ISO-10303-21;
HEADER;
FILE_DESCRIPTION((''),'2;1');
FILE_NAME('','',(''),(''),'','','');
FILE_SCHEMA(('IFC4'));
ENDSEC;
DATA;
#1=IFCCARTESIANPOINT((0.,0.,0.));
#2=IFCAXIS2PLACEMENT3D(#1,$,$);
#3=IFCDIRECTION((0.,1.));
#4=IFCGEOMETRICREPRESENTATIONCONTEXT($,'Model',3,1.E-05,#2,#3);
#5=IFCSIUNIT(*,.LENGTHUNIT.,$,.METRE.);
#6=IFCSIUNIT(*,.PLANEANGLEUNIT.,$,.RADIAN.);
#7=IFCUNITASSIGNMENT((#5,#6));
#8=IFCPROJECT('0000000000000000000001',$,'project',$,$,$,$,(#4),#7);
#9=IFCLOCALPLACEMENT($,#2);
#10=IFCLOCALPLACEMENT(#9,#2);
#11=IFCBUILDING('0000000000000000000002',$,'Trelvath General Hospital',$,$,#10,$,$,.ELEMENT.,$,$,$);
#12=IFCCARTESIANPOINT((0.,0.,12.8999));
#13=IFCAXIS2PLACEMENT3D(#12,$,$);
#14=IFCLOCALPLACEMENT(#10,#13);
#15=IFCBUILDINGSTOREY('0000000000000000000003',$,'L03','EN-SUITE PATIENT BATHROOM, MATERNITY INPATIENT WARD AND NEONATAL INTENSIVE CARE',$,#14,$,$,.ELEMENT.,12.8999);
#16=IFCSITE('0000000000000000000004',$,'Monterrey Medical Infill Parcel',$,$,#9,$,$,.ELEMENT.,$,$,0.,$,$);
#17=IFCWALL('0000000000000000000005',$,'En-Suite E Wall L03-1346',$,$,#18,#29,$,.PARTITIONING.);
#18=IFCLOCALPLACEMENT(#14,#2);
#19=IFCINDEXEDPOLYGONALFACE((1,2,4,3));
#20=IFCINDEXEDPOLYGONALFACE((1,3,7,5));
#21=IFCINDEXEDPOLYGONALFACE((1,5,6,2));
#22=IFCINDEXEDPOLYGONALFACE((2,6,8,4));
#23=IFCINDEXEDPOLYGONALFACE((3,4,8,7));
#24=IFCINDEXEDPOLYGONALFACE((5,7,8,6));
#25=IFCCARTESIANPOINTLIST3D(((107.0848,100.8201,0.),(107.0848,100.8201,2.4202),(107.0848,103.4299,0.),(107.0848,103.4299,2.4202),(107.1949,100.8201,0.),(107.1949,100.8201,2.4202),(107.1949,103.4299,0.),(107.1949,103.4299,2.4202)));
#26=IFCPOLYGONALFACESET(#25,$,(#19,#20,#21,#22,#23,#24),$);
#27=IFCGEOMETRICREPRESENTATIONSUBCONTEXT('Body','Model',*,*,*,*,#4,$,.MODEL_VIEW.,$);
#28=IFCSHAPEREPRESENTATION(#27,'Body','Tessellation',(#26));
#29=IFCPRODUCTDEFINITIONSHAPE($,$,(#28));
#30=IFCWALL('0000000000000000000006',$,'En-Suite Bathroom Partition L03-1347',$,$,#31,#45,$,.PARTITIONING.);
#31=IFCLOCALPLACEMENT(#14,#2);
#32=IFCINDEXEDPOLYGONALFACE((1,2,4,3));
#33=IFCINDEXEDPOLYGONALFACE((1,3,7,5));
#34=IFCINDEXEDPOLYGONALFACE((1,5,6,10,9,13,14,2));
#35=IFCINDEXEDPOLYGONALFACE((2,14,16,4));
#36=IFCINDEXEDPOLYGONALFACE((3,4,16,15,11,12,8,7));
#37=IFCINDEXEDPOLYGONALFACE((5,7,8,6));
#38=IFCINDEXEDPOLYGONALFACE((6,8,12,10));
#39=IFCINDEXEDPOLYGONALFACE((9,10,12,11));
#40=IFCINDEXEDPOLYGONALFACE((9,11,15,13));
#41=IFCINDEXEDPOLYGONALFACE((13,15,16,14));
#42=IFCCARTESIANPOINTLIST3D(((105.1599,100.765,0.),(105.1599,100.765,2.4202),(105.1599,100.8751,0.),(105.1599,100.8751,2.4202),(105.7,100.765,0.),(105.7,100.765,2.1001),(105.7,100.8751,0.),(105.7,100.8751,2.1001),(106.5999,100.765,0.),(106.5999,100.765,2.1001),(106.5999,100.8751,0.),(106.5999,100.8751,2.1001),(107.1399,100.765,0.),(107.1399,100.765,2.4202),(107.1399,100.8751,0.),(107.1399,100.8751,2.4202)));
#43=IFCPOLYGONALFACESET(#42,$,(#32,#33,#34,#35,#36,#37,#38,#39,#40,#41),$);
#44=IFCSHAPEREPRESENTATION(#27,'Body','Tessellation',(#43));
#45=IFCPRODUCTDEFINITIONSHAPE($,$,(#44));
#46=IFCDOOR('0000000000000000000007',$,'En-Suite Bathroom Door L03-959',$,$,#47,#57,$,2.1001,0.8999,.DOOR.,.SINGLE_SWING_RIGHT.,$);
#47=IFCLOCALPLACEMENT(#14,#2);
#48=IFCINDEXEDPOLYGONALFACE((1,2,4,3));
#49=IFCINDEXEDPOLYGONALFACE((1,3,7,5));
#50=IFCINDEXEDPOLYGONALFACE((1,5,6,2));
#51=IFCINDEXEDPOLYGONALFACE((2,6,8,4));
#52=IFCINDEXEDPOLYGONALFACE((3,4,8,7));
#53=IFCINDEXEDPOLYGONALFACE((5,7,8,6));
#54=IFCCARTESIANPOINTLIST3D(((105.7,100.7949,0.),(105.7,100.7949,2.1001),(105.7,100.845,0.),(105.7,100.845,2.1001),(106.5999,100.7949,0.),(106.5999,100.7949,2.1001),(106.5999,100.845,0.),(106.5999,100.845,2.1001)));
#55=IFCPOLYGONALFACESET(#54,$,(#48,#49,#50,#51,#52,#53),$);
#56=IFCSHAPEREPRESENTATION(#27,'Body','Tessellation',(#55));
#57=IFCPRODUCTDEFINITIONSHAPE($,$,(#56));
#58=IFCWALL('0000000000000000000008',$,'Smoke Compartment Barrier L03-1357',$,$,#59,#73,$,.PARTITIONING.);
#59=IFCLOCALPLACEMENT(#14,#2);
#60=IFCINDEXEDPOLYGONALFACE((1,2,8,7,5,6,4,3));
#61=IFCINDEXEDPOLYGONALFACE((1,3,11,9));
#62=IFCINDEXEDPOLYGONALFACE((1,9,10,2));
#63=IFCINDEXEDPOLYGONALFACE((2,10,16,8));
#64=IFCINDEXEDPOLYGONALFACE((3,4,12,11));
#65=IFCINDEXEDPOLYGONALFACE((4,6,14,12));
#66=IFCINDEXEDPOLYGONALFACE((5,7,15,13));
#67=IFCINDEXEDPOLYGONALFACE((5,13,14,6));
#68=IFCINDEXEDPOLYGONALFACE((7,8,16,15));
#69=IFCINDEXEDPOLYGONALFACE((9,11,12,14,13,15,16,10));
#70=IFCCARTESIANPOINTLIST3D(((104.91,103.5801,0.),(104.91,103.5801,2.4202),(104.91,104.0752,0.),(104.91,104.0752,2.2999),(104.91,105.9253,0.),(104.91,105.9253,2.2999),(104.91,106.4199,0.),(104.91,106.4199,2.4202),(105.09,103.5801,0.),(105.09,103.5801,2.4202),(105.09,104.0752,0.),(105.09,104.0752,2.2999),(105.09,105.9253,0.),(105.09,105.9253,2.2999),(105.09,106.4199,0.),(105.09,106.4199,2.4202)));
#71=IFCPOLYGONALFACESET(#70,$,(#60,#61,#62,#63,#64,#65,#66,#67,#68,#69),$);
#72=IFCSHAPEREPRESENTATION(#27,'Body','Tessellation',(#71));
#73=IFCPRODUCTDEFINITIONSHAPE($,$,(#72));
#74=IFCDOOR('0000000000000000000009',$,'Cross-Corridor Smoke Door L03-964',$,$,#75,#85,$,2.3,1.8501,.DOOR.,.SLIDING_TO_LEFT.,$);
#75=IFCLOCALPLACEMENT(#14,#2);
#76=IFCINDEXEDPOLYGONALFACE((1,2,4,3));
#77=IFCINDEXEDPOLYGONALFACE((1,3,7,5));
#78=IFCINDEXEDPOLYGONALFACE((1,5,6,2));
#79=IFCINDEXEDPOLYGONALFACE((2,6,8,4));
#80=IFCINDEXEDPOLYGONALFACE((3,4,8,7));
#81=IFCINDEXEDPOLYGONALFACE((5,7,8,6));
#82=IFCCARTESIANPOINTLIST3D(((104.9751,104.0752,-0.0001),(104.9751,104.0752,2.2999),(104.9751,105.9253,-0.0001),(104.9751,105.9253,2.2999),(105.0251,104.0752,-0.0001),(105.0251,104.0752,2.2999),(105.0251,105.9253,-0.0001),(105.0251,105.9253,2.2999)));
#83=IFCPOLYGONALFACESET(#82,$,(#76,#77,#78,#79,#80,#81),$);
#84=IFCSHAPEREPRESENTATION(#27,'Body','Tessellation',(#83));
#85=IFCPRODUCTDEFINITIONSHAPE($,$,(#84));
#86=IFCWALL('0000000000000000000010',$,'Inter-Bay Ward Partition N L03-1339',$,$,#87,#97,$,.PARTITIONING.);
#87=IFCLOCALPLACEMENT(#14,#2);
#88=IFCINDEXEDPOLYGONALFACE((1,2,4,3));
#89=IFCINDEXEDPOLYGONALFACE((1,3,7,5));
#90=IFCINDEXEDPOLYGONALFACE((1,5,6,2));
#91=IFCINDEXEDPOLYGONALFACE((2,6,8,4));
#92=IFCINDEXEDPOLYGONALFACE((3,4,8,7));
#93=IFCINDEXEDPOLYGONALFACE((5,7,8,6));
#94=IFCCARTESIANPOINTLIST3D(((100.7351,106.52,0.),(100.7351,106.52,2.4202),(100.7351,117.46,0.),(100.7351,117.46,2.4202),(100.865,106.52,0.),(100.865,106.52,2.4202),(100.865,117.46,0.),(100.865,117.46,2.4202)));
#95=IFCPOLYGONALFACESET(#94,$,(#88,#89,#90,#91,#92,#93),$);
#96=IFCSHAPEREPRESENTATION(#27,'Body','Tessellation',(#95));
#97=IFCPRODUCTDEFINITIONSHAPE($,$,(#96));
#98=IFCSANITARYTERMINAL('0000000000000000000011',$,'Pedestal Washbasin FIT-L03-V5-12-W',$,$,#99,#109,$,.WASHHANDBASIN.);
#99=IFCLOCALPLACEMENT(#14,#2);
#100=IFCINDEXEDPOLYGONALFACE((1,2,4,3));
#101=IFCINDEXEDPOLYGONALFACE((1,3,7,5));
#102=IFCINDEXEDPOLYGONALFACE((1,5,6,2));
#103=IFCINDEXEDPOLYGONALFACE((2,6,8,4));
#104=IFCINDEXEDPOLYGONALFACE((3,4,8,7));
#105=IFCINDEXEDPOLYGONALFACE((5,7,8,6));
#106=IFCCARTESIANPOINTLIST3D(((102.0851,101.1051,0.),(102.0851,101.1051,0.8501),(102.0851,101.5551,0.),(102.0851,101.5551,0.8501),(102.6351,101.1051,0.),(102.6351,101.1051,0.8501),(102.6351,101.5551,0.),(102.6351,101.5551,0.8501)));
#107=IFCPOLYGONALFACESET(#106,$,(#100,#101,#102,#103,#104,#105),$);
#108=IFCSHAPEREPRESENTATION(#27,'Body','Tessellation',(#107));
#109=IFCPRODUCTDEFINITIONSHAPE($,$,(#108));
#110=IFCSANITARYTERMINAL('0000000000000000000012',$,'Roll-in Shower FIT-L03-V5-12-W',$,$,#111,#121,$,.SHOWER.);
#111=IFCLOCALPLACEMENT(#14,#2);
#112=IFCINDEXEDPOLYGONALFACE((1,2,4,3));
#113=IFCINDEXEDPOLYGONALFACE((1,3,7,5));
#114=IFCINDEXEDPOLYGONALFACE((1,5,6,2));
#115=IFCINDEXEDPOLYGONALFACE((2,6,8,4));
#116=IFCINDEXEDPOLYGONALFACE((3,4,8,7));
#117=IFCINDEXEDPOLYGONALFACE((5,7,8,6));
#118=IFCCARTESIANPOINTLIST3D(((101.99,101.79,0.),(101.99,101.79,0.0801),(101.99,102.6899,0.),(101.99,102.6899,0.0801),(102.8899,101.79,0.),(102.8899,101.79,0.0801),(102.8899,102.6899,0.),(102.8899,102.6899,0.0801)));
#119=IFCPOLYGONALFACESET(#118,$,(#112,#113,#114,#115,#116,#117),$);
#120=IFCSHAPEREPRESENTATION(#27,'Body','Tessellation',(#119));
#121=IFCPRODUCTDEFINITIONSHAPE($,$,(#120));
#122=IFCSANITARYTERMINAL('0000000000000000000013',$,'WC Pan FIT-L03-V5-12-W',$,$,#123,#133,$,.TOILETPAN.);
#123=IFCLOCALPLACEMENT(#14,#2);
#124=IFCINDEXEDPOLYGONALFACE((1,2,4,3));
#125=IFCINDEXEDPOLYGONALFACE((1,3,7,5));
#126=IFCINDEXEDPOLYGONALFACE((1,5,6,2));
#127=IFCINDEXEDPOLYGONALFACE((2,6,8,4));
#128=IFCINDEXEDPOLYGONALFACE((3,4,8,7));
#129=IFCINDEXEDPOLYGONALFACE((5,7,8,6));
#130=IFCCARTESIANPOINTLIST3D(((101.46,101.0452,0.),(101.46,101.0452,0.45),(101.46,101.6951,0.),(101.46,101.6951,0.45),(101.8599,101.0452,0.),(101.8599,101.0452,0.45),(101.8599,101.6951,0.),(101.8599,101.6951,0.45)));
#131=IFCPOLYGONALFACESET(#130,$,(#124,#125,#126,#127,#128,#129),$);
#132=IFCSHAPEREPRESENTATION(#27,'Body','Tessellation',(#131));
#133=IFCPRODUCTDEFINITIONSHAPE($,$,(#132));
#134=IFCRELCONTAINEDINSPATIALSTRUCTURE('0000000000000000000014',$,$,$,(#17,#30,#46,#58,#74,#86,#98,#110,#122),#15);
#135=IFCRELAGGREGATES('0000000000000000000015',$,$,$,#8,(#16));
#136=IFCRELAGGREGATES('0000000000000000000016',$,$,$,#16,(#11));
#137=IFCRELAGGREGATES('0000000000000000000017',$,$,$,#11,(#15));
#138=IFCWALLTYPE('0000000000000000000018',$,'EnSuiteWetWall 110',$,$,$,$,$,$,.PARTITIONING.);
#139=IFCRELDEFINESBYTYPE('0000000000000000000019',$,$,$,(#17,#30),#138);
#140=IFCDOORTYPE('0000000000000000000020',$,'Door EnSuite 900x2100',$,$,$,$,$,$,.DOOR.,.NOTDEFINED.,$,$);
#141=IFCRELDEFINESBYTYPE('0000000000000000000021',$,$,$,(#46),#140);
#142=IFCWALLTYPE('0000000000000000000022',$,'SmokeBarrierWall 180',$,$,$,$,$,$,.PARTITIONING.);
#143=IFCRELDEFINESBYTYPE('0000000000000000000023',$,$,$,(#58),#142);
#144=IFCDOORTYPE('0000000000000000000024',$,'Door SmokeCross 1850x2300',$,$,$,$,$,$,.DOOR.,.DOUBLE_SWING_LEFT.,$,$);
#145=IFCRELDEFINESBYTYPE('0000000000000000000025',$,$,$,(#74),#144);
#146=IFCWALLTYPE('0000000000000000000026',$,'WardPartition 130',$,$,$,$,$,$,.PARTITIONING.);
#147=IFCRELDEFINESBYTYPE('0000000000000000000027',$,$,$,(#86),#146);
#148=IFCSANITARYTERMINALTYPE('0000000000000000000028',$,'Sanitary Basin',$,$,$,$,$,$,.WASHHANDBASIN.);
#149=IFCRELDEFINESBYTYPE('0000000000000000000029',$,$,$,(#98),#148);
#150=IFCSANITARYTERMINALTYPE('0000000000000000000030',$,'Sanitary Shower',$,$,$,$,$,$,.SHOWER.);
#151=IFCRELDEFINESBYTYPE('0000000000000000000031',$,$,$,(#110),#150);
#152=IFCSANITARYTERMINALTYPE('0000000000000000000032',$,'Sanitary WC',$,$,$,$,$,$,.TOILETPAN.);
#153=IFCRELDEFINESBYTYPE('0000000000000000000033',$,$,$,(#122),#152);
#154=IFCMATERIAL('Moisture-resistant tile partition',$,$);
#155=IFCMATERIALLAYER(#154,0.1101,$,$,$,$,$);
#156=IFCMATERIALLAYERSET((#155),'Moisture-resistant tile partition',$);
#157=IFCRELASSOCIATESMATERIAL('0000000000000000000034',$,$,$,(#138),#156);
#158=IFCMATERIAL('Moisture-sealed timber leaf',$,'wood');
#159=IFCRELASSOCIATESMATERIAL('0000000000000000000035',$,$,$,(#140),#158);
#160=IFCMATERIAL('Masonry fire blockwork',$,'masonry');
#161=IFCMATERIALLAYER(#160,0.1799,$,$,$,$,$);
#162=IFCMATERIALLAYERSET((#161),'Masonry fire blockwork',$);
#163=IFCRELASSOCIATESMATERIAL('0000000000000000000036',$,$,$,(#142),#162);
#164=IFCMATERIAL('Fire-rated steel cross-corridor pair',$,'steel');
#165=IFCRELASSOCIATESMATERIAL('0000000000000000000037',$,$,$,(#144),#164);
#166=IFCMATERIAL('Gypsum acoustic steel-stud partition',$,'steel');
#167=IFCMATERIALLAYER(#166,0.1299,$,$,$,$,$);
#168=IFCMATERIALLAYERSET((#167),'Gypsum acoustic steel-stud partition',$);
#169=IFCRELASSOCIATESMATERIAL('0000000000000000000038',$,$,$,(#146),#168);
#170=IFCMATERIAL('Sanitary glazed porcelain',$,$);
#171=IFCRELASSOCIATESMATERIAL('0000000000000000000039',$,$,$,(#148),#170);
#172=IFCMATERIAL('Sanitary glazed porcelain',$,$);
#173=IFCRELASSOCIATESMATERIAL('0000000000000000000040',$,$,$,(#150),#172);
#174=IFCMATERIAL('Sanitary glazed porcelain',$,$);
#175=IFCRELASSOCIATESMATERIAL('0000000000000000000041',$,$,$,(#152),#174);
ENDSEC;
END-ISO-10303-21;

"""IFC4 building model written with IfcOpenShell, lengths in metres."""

from ifc_helpers import new_model, si_unit, direction, frame, frame_2d, origin, origin_2d, place, context, subcontext, project, spatial, rectangle, extrude, material, layer, layer_set, type_object, element, fill, save


model = new_model("IFC4")

# Units and contexts
model_context = context("Model", 3, precision=1e-05, world=origin(), true_north=direction((0.0, 1.0)))
body_context = subcontext(model_context, "Body", "Model", "MODEL_VIEW")
ifc_project = project(units=[si_unit("LENGTHUNIT", "METRE"), si_unit("PLANEANGLEUNIT", "RADIAN")], contexts=[model_context])

# Site, building, storey
site_placement = place(None, origin())
site = spatial("IfcSite", under=ifc_project, at=site_placement, Name="Monterrey Medical Infill Parcel", CompositionType="ELEMENT", RefElevation=0.0)
building_placement = place(site_placement, origin())
building = spatial("IfcBuilding", under=site, at=building_placement, Name="Trelvath General Hospital", CompositionType="ELEMENT")
storey_placement = place(building_placement, frame((0.0, 0.0, 12.8999)))
storey = spatial("IfcBuildingStorey", under=building, at=storey_placement, Name="L03", Description="EN-SUITE PATIENT BATHROOM, MATERNITY INPATIENT WARD AND NEONATAL INTENSIVE CARE", CompositionType="ELEMENT", Elevation=12.8999)

# Wall
ifc_material_1 = material(Name="Moisture-resistant tile partition")
ifc_layer_1 = layer(ifc_material_1, 0.1101)
ifc_layer_set_1 = layer_set([ifc_layer_1], Name="Moisture-resistant tile partition")
wall_type_1 = type_object("IfcWallType", Name="EnSuiteWetWall 110", PredefinedType="PARTITIONING", material=ifc_layer_set_1)
wall_1_placement = place(storey_placement, frame((107.1399, 100.8201, 0.0), z_axis=(0.0, 0.0, 1.0), x_axis=(0.0, 1.0, 0.0)))
element("IfcWall", 1, at=wall_1_placement, inside=storey, type_object=wall_type_1, Name="En-Suite E Wall L03-1346", PredefinedType="PARTITIONING", context=body_context, shape_type="SweptSolid", body=[
    extrude(rectangle(XDim=2.6099, YDim=0.1101, at=frame_2d((1.3049, 0.0))), origin(), (0.0, 0.0, 1.0), 2.4202),
])

# Walls, openings, doors
wall_2_placement = place(storey_placement, frame((105.1599, 100.8201, 0.0), z_axis=(0.0, 0.0, 1.0), x_axis=(1.0, 0.0, 0.0)))
wall_2 = element("IfcWall", 2, at=wall_2_placement, inside=storey, type_object=wall_type_1, Name="En-Suite Bathroom Partition L03-1347", PredefinedType="PARTITIONING", context=body_context, shape_type="SweptSolid", body=[
    extrude(rectangle(XDim=1.98, YDim=0.1101, at=frame_2d((0.99, 0.0))), origin(), (0.0, 0.0, 1.0), 2.4202),
])
opening_1_placement = place(wall_2_placement, frame((0.54, 0.0, 0.0)))
opening_1 = element("IfcOpeningElement", 3, at=opening_1_placement, cuts=wall_2, PredefinedType="OPENING", context=body_context, shape_type="SweptSolid", body=[
    extrude(rectangle(XDim=0.8999, YDim=2.1001, at=frame_2d((0.45, 1.05))), frame((0.0, 0.0649, 0.0), z_axis=(0.0, -1.0, 0.0), x_axis=(1.0, 0.0, 0.0)), (0.0, 0.0, 1.0), 0.1301),
])
ifc_material_2 = material(Name="Moisture-sealed timber leaf", Category="wood")
door_type_1 = type_object("IfcDoorType", Name="Door EnSuite 900x2100", OperationType="NOTDEFINED", PredefinedType="DOOR", material=ifc_material_2)
door_1_placement = place(opening_1_placement, origin())
door_1 = element("IfcDoor", 4, at=door_1_placement, inside=storey, type_object=door_type_1, Name="En-Suite Bathroom Door L03-959", OperationType="SINGLE_SWING_RIGHT", OverallHeight=2.1001, OverallWidth=0.8999, PredefinedType="DOOR", context=body_context, shape_type="SweptSolid", body=[
    extrude(rectangle(XDim=0.8999, YDim=2.1001, at=frame_2d((0.45, 1.05))), frame((0.0, 0.0249, 0.0), z_axis=(0.0, -1.0, 0.0), x_axis=(1.0, 0.0, 0.0)), (0.0, 0.0, 1.0), 0.05),
])
fill(opening_1, door_1)
ifc_material_3 = material(Name="Masonry fire blockwork", Category="masonry")
ifc_layer_2 = layer(ifc_material_3, 0.1799)
ifc_layer_set_2 = layer_set([ifc_layer_2], Name="Masonry fire blockwork")
wall_type_2 = type_object("IfcWallType", Name="SmokeBarrierWall 180", PredefinedType="PARTITIONING", material=ifc_layer_set_2)
wall_3_placement = place(storey_placement, frame((105.0, 103.5801, 0.0), z_axis=(0.0, 0.0, 1.0), x_axis=(0.0, 1.0, 0.0)))
wall_3 = element("IfcWall", 5, at=wall_3_placement, inside=storey, type_object=wall_type_2, Name="Smoke Compartment Barrier L03-1357", PredefinedType="PARTITIONING", context=body_context, shape_type="SweptSolid", body=[
    extrude(rectangle(XDim=2.8398, YDim=0.1799, at=frame_2d((1.4199, 0.0))), origin(), (0.0, 0.0, 1.0), 2.4202),
])
opening_2_placement = place(wall_3_placement, frame((0.4951, 0.0, 0.0)))
opening_2 = element("IfcOpeningElement", 6, at=opening_2_placement, cuts=wall_3, PredefinedType="OPENING", context=body_context, shape_type="SweptSolid", body=[
    extrude(rectangle(XDim=1.8501, YDim=2.3, at=frame_2d((0.925, 1.1499))), frame((0.0, 0.0999, 0.0), z_axis=(0.0, -1.0, 0.0), x_axis=(1.0, 0.0, 0.0)), (0.0, 0.0, 1.0), 0.2),
])
ifc_material_4 = material(Name="Fire-rated steel cross-corridor pair", Category="steel")
door_type_2 = type_object("IfcDoorType", Name="Door SmokeCross 1850x2300", OperationType="DOUBLE_SWING_LEFT", PredefinedType="DOOR", material=ifc_material_4)
door_2_placement = place(opening_2_placement, origin())
door_2 = element("IfcDoor", 7, at=door_2_placement, inside=storey, type_object=door_type_2, Name="Cross-Corridor Smoke Door L03-964", OperationType="SLIDING_TO_LEFT", OverallHeight=2.3, OverallWidth=1.8501, PredefinedType="DOOR", context=body_context, shape_type="SweptSolid", body=[
    extrude(rectangle(XDim=1.8501, YDim=2.3, at=frame_2d((0.925, 1.1499))), frame((0.0, 0.0249, 0.0), z_axis=(0.0, -1.0, 0.0), x_axis=(1.0, 0.0, 0.0)), (0.0, 0.0, 1.0), 0.05),
])
fill(opening_2, door_2)

# Wall
ifc_material_5 = material(Name="Gypsum acoustic steel-stud partition", Category="steel")
ifc_layer_3 = layer(ifc_material_5, 0.1299)
ifc_layer_set_3 = layer_set([ifc_layer_3], Name="Gypsum acoustic steel-stud partition")
wall_type_3 = type_object("IfcWallType", Name="WardPartition 130", PredefinedType="PARTITIONING", material=ifc_layer_set_3)
wall_4_placement = place(storey_placement, frame((100.8, 106.52, 0.0), z_axis=(0.0, 0.0, 1.0), x_axis=(0.0, 1.0, 0.0)))
element("IfcWall", 8, at=wall_4_placement, inside=storey, type_object=wall_type_3, Name="Inter-Bay Ward Partition N L03-1339", PredefinedType="PARTITIONING", context=body_context, shape_type="SweptSolid", body=[
    extrude(rectangle(XDim=10.9399, YDim=0.1299, at=frame_2d((5.47, 0.0))), origin(), (0.0, 0.0, 1.0), 2.4202),
])

# Sanitary terminals
ifc_material_6 = material(Name="Sanitary glazed porcelain")
sanitary_terminal_type_1 = type_object("IfcSanitaryTerminalType", Name="Sanitary Basin", PredefinedType="WASHHANDBASIN", material=ifc_material_6)
sanitary_terminal_1_placement = place(storey_placement, frame((102.3601, 101.3301, 0.0), z_axis=(0.0, 0.0, 1.0), x_axis=(1.0, 0.0, 0.0)))
element("IfcSanitaryTerminal", 9, at=sanitary_terminal_1_placement, inside=storey, type_object=sanitary_terminal_type_1, Name="Pedestal Washbasin FIT-L03-V5-12-W", PredefinedType="WASHHANDBASIN", context=body_context, shape_type="SweptSolid", body=[
    extrude(rectangle(XDim=0.55, YDim=0.45, at=origin_2d()), origin(), (0.0, 0.0, 1.0), 0.8501),
])
ifc_material_7 = material(Name="Sanitary glazed porcelain")
sanitary_terminal_type_2 = type_object("IfcSanitaryTerminalType", Name="Sanitary Shower", PredefinedType="SHOWER", material=ifc_material_7)
sanitary_terminal_2_placement = place(storey_placement, frame((102.4399, 102.24, 0.0), z_axis=(0.0, 0.0, 1.0), x_axis=(1.0, 0.0, 0.0)))
element("IfcSanitaryTerminal", 10, at=sanitary_terminal_2_placement, inside=storey, type_object=sanitary_terminal_type_2, Name="Roll-in Shower FIT-L03-V5-12-W", PredefinedType="SHOWER", context=body_context, shape_type="SweptSolid", body=[
    extrude(rectangle(XDim=0.8999, YDim=0.8999, at=origin_2d()), origin(), (0.0, 0.0, 1.0), 0.0801),
])
ifc_material_8 = material(Name="Sanitary glazed porcelain")
sanitary_terminal_type_3 = type_object("IfcSanitaryTerminalType", Name="Sanitary WC", PredefinedType="TOILETPAN", material=ifc_material_8)
sanitary_terminal_3_placement = place(storey_placement, frame((101.6599, 101.3701, 0.0), z_axis=(0.0, 0.0, 1.0), x_axis=(1.0, 0.0, 0.0)))
element("IfcSanitaryTerminal", 11, at=sanitary_terminal_3_placement, inside=storey, type_object=sanitary_terminal_type_3, Name="WC Pan FIT-L03-V5-12-W", PredefinedType="TOILETPAN", context=body_context, shape_type="SweptSolid", body=[
    extrude(rectangle(XDim=0.3999, YDim=0.6499, at=origin_2d()), origin(), (0.0, 0.0, 1.0), 0.45),
])

save(model, "model.ifc")
